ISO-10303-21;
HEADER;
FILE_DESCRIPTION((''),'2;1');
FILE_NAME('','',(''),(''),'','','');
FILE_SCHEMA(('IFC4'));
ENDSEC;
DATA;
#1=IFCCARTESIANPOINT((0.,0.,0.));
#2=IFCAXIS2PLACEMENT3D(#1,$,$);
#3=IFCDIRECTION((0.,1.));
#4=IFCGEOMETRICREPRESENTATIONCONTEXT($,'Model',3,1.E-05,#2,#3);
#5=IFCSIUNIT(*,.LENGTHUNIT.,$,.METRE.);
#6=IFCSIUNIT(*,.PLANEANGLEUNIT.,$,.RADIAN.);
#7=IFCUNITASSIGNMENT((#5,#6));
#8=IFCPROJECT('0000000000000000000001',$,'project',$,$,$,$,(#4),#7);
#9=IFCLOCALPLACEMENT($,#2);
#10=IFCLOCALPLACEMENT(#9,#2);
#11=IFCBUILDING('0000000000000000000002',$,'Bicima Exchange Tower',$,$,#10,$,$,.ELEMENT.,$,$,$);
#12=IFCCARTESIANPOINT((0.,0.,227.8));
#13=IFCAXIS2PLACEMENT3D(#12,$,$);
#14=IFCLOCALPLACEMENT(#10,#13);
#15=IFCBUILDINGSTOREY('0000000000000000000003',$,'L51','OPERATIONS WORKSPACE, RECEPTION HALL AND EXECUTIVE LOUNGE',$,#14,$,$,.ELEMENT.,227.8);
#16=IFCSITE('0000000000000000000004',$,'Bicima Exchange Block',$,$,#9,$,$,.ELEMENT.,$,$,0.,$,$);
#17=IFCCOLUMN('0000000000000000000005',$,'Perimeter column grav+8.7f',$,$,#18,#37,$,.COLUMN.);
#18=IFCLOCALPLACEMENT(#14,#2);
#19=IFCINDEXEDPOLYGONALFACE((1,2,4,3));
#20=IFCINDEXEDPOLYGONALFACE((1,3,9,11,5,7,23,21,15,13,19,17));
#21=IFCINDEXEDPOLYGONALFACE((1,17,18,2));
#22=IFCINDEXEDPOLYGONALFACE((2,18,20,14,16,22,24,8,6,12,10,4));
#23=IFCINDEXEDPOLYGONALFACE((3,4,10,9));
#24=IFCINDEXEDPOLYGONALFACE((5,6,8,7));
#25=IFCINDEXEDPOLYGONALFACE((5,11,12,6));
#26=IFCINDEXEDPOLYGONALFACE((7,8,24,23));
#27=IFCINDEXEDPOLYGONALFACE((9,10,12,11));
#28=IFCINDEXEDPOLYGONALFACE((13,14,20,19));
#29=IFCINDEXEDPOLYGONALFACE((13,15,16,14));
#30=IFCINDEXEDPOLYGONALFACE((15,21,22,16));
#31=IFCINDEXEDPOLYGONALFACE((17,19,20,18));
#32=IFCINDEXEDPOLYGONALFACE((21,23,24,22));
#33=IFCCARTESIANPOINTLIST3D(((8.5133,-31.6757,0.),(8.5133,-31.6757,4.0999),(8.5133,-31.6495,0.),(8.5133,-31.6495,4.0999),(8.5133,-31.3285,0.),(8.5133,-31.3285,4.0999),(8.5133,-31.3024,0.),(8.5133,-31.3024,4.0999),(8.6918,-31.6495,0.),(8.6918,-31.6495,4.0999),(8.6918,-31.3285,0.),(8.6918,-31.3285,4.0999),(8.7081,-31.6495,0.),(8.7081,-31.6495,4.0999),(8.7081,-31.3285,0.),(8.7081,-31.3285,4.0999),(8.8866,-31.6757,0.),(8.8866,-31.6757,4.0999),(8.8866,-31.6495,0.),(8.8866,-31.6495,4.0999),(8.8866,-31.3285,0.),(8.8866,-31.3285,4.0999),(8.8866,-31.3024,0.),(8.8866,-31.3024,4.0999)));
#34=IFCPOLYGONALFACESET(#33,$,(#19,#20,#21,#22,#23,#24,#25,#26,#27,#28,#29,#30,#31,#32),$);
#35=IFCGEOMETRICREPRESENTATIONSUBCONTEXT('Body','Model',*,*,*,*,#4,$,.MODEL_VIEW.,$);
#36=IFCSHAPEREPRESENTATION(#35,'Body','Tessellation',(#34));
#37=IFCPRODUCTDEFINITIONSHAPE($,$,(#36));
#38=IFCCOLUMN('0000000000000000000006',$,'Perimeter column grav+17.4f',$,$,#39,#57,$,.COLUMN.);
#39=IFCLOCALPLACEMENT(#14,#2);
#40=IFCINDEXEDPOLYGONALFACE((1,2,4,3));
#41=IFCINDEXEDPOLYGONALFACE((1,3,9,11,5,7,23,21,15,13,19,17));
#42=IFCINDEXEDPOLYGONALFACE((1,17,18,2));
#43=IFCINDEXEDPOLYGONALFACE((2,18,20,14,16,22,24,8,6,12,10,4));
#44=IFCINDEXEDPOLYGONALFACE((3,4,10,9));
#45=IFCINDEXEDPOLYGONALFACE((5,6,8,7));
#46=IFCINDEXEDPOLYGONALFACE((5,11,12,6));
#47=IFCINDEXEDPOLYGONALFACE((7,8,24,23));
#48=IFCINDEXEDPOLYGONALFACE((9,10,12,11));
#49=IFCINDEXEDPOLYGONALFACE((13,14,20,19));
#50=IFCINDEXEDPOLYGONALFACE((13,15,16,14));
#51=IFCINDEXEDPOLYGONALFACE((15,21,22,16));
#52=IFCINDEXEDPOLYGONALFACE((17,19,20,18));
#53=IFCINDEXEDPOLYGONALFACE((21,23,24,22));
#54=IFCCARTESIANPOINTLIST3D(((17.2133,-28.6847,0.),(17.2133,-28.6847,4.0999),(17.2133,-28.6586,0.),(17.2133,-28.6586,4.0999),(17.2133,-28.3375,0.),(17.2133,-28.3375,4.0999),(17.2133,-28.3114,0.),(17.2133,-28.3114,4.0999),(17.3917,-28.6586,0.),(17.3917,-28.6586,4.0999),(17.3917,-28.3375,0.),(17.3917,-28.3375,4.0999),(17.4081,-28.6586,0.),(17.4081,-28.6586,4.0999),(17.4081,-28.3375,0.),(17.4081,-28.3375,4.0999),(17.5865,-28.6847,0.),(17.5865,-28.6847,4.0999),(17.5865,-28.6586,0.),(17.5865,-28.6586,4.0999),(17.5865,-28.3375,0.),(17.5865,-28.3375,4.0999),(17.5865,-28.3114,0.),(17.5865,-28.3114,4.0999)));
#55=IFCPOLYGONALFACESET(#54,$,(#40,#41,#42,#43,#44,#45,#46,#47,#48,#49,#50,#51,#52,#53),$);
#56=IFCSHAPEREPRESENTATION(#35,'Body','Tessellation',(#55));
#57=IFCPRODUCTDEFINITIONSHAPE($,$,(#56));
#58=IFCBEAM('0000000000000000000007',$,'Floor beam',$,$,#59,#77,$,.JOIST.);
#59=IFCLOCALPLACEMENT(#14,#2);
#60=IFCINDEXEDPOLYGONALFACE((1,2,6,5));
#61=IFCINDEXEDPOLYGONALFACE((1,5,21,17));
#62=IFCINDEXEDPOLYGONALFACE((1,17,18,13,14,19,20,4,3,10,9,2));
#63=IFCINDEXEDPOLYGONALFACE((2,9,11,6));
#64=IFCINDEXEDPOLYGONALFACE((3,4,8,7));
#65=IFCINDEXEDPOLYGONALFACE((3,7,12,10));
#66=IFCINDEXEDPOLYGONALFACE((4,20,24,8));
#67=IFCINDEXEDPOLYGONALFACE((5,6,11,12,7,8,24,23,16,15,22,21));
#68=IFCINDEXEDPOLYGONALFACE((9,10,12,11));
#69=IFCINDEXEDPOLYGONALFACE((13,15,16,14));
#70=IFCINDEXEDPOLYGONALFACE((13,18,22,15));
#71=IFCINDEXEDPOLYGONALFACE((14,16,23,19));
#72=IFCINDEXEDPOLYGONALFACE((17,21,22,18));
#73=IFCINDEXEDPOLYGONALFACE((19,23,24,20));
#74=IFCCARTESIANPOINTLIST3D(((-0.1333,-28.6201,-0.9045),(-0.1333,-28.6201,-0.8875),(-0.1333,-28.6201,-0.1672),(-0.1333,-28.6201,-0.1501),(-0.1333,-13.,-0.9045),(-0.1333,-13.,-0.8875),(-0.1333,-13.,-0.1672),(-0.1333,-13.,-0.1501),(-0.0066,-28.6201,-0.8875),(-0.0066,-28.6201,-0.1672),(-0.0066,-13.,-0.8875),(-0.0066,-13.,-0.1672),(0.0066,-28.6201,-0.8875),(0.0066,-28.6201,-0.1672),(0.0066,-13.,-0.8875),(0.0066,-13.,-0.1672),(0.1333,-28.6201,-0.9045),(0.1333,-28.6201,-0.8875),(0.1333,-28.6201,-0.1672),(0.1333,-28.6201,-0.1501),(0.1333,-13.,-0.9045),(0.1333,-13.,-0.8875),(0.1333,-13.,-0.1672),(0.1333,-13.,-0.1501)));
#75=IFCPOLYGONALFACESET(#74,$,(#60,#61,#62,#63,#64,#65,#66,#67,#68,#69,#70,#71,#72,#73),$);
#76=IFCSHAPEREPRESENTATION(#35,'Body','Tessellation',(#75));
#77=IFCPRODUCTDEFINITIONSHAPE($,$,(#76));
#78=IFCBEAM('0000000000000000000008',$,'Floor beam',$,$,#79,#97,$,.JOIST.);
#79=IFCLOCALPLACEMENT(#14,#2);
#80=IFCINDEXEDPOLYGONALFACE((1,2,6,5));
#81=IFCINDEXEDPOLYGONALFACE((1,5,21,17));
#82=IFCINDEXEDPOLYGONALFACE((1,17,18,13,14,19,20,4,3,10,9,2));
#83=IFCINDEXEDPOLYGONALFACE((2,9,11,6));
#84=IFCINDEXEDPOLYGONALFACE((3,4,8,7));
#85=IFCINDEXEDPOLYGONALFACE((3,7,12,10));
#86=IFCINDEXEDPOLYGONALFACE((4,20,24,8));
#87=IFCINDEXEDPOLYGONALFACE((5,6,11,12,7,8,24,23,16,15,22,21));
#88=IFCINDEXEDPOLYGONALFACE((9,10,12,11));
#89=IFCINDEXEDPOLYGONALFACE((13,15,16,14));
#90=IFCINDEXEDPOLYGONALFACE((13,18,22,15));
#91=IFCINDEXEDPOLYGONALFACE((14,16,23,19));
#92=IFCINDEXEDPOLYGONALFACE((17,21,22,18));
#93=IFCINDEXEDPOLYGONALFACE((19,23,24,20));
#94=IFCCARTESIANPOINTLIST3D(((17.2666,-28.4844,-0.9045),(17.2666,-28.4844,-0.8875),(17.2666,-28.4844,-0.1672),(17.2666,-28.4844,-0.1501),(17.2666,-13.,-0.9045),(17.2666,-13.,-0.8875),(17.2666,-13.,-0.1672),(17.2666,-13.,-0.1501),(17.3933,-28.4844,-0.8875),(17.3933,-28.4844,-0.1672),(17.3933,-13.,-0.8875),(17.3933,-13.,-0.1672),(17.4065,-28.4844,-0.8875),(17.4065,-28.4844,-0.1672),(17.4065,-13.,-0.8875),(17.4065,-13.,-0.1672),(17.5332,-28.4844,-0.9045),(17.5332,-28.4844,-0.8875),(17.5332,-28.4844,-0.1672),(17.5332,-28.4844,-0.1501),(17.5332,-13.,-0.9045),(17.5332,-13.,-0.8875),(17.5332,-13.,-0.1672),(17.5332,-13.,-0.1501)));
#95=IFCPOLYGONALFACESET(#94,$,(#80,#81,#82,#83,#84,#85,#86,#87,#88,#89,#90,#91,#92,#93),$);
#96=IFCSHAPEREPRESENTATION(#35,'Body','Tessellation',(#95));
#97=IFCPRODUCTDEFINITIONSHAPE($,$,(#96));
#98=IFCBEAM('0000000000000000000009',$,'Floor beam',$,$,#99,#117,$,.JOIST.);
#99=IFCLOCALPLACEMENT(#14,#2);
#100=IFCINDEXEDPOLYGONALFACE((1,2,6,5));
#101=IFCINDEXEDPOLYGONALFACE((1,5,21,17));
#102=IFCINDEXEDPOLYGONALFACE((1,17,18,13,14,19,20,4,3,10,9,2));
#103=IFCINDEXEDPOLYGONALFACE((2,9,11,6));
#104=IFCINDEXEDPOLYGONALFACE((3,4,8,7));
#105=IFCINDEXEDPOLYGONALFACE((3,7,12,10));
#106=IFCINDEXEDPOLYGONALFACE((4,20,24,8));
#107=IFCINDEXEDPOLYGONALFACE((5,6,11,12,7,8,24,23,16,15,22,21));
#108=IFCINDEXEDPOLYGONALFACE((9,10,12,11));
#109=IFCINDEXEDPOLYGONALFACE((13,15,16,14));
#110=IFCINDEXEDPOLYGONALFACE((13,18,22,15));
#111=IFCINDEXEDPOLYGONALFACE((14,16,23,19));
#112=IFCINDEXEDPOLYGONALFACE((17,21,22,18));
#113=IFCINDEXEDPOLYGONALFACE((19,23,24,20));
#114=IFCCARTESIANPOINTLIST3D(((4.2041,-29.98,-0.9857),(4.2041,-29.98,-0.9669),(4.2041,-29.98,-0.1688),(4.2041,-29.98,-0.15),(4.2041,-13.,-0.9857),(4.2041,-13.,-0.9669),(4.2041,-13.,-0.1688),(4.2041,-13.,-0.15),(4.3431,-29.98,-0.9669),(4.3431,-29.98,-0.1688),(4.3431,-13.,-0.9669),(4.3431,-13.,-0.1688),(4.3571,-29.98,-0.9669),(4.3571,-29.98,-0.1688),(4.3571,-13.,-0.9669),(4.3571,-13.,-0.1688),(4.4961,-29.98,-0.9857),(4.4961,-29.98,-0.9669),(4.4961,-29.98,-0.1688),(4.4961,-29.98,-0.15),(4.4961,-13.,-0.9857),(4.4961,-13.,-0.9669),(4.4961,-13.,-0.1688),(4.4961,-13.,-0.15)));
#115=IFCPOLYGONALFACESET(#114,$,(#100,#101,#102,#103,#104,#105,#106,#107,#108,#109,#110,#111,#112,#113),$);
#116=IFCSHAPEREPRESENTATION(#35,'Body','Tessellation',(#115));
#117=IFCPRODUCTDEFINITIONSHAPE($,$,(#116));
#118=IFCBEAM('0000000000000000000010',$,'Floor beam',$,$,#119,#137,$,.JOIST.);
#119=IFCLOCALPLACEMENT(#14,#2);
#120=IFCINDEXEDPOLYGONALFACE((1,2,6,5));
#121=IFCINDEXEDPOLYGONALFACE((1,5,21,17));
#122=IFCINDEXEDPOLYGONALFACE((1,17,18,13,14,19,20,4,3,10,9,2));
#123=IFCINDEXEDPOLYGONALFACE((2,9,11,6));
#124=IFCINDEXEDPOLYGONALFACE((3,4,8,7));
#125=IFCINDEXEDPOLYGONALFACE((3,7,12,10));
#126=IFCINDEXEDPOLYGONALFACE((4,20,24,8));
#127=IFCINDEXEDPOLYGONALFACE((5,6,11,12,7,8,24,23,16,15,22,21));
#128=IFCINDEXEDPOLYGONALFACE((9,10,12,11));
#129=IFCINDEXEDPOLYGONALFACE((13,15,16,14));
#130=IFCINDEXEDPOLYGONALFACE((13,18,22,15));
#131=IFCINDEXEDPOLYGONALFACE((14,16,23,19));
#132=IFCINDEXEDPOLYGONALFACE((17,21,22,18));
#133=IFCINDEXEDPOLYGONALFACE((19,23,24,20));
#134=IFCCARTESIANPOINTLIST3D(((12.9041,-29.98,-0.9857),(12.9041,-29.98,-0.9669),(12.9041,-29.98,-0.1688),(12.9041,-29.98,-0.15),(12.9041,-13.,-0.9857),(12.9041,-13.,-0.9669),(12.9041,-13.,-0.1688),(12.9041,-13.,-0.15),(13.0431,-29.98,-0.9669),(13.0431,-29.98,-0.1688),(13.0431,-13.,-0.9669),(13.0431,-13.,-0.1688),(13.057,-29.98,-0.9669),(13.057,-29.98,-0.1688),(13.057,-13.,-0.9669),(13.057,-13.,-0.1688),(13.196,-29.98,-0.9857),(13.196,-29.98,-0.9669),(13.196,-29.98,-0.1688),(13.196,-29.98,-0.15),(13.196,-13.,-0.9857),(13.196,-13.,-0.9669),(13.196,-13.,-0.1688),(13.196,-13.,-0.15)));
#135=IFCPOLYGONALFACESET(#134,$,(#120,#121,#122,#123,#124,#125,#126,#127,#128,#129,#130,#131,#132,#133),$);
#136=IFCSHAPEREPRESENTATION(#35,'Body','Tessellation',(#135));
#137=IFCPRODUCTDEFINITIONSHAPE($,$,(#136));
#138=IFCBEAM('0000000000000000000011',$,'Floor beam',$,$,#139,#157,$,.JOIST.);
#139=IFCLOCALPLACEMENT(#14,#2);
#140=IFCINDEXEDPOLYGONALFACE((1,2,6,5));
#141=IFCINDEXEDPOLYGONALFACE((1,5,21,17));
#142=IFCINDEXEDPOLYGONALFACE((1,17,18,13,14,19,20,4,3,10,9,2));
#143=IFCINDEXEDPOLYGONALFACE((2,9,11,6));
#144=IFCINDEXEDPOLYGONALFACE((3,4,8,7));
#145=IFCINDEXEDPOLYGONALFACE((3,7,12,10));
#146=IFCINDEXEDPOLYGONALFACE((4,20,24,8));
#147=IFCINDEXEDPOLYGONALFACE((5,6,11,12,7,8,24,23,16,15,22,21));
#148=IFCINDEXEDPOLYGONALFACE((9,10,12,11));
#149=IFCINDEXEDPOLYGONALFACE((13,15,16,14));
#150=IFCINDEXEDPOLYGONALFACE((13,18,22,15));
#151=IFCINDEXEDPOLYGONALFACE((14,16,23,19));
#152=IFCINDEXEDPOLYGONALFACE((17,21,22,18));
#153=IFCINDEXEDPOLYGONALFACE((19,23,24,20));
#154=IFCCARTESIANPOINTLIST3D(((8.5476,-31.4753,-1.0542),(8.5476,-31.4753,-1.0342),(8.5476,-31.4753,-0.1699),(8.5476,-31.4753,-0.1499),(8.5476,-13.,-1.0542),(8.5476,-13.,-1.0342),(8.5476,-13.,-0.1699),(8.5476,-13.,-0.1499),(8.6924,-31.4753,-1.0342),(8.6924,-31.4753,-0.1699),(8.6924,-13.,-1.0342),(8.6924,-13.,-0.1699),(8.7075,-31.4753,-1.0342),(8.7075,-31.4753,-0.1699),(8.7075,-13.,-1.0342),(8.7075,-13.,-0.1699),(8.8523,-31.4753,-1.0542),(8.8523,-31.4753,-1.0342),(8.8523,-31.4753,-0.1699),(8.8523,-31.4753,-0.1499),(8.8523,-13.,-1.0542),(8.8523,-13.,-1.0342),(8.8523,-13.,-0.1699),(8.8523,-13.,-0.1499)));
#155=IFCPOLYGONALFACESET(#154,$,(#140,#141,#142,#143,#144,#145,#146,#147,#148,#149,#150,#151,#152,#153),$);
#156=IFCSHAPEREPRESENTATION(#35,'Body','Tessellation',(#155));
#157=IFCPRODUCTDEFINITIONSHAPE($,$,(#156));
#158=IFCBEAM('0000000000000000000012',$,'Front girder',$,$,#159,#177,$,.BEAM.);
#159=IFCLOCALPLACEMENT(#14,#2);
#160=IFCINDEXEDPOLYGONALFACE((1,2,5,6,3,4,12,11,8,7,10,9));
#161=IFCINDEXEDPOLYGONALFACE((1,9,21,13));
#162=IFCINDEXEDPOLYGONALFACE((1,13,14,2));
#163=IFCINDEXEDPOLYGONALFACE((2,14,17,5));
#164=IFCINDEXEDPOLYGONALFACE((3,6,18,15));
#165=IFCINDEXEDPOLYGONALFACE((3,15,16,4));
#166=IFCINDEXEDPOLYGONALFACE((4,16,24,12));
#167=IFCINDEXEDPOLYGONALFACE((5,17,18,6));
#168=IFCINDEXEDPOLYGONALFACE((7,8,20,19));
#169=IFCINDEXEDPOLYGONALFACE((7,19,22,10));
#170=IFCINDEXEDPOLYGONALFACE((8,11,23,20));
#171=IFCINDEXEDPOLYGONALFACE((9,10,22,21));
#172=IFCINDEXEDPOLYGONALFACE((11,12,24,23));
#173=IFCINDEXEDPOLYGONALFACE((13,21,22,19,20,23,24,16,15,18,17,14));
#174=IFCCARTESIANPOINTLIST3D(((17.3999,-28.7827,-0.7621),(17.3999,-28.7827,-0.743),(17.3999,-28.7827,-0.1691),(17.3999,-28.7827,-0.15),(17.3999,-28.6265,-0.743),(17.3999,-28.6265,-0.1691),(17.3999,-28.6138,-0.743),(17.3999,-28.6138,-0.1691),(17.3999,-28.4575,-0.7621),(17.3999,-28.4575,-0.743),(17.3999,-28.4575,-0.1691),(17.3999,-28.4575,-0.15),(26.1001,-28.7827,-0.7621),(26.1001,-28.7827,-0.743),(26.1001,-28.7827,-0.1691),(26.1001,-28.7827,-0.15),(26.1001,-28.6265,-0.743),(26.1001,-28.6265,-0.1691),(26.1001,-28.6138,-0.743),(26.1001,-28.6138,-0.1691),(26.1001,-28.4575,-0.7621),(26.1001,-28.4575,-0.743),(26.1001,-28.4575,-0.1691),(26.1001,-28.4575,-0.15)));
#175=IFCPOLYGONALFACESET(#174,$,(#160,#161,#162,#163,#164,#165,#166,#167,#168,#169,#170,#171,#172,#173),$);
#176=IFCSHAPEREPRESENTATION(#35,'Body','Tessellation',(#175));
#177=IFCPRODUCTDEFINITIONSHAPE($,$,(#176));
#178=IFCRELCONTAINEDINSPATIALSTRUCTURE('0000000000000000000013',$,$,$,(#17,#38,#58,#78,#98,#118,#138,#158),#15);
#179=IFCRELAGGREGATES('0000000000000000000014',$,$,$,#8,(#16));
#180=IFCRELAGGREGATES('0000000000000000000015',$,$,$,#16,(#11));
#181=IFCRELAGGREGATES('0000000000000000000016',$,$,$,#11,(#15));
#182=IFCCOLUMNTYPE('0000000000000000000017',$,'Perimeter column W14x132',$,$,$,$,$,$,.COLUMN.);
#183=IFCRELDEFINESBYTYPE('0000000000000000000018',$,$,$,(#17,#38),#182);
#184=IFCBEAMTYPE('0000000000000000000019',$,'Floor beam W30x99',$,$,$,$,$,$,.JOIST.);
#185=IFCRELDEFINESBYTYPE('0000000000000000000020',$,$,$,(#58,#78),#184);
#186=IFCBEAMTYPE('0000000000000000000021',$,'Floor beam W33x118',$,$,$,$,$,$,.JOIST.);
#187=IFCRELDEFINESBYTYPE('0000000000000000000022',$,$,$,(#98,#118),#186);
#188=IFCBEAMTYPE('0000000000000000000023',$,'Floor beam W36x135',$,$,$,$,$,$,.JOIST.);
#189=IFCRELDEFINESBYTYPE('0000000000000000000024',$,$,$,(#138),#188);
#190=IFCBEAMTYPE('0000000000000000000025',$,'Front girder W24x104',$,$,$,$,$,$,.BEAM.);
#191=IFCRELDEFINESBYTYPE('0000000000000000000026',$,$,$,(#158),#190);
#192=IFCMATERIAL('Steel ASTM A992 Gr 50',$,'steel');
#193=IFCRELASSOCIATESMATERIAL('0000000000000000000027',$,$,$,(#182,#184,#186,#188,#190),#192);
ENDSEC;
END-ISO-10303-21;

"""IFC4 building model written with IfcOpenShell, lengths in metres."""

from ifc_helpers import new_model, si_unit, direction, frame, origin, origin_2d, place, context, subcontext, project, spatial, i_section, extrude, material, material_profile, profile_set, type_object, element, save


model = new_model("IFC4")

# Units and contexts
model_context = context("Model", 3, precision=1e-05, world=origin(), true_north=direction((0.0, 1.0)))
body_context = subcontext(model_context, "Body", "Model", "MODEL_VIEW")
ifc_project = project(units=[si_unit("LENGTHUNIT", "METRE"), si_unit("PLANEANGLEUNIT", "RADIAN")], contexts=[model_context])

# Site, building, storey
site_placement = place(None, origin())
site = spatial("IfcSite", under=ifc_project, at=site_placement, Name="Bicima Exchange Block", CompositionType="ELEMENT", RefElevation=0.0)
building_placement = place(site_placement, origin())
building = spatial("IfcBuilding", under=site, at=building_placement, Name="Bicima Exchange Tower", CompositionType="ELEMENT")
storey_placement = place(building_placement, frame((0.0, 0.0, 227.8)))
storey = spatial("IfcBuildingStorey", under=building, at=storey_placement, Name="L51", Description="OPERATIONS WORKSPACE, RECEPTION HALL AND EXECUTIVE LOUNGE", CompositionType="ELEMENT", Elevation=227.8)

# Columns
ifc_material_1 = material(Name="Steel ASTM A992 Gr 50", Category="steel")
ifc_material_profile_1 = material_profile(ifc_material_1, i_section(OverallWidth=0.3733, OverallDepth=0.3733, WebThickness=0.0164, FlangeThickness=0.0261, at=origin_2d()))
ifc_profile_set_1 = profile_set([ifc_material_profile_1], Name="Steel ASTM A992 Gr 50")
column_type = type_object("IfcColumnType", Name="Perimeter column W14x132", PredefinedType="COLUMN", material=ifc_profile_set_1)
for number, where, z_axis, x_axis, name in (
    (1, (8.7, -31.489, 0.0), (0.0, 0.0, 1.0), (1.0, 0.0, 0.0), "Perimeter column grav+8.7f"),
    (2, (17.3999, -28.498, 0.0), (0.0, 0.0, 1.0), (1.0, 0.0, 0.0), "Perimeter column grav+17.4f"),
):
    element("IfcColumn", number, at=place(storey_placement, frame(where, z_axis=z_axis, x_axis=x_axis)), inside=storey, type_object=column_type, Name=name, PredefinedType="COLUMN", context=body_context, shape_type="SweptSolid", body=[
        extrude(i_section(OverallWidth=0.3733, OverallDepth=0.3733, WebThickness=0.0164, FlangeThickness=0.0261, at=origin_2d()), origin(), (0.0, 0.0, 1.0), 4.0999),
    ])

# Beams
ifc_material_profile_2 = material_profile(ifc_material_1, i_section(OverallWidth=0.2666, OverallDepth=0.7544, WebThickness=0.0132, FlangeThickness=0.0171, at=origin_2d()))
ifc_profile_set_2 = profile_set([ifc_material_profile_2], Name="Steel ASTM A992 Gr 50")
beam_type_1 = type_object("IfcBeamType", Name="Floor beam W30x99", PredefinedType="JOIST", material=ifc_profile_set_2)
beam_1_placement = place(storey_placement, frame((0.0, -13.0, -0.5273), z_axis=(0.0, -1.0, 0.0), x_axis=(1.0, 0.0, 0.0)))
element("IfcBeam", 3, at=beam_1_placement, inside=storey, type_object=beam_type_1, Name="Floor beam", PredefinedType="JOIST", context=body_context, shape_type="SweptSolid", body=[
    extrude(i_section(OverallWidth=0.2666, OverallDepth=0.7544, WebThickness=0.0132, FlangeThickness=0.0171, at=origin_2d()), origin(), (0.0, 0.0, 1.0), 15.6201),
])
beam_2_placement = place(storey_placement, frame((17.3999, -13.0, -0.5273), z_axis=(0.0, -1.0, 0.0), x_axis=(1.0, 0.0, 0.0)))
element("IfcBeam", 4, at=beam_2_placement, inside=storey, type_object=beam_type_1, Name="Floor beam", PredefinedType="JOIST", context=body_context, shape_type="SweptSolid", body=[
    extrude(i_section(OverallWidth=0.2666, OverallDepth=0.7544, WebThickness=0.0132, FlangeThickness=0.0171, at=origin_2d()), origin(), (0.0, 0.0, 1.0), 15.4844),
])
ifc_material_profile_3 = material_profile(ifc_material_1, i_section(OverallWidth=0.292, OverallDepth=0.8357, WebThickness=0.0139, FlangeThickness=0.0188, at=origin_2d()))
ifc_profile_set_3 = profile_set([ifc_material_profile_3], Name="Steel ASTM A992 Gr 50")
beam_type_2 = type_object("IfcBeamType", Name="Floor beam W33x118", PredefinedType="JOIST", material=ifc_profile_set_3)
for number, where, z_axis, x_axis, name in (
    (5, (4.3501, -13.0, -0.5679), (0.0, -1.0, 0.0), (1.0, 0.0, 0.0), "Floor beam"),
    (6, (13.05, -13.0, -0.5679), (0.0, -1.0, 0.0), (1.0, 0.0, 0.0), "Floor beam"),
):
    element("IfcBeam", number, at=place(storey_placement, frame(where, z_axis=z_axis, x_axis=x_axis)), inside=storey, type_object=beam_type_2, Name=name, PredefinedType="JOIST", context=body_context, shape_type="SweptSolid", body=[
        extrude(i_section(OverallWidth=0.292, OverallDepth=0.8357, WebThickness=0.0139, FlangeThickness=0.0188, at=origin_2d()), origin(), (0.0, 0.0, 1.0), 16.98),
    ])
ifc_material_profile_4 = material_profile(ifc_material_1, i_section(OverallWidth=0.3047, OverallDepth=0.9043, WebThickness=0.0151, FlangeThickness=0.02, at=origin_2d()))
ifc_profile_set_4 = profile_set([ifc_material_profile_4], Name="Steel ASTM A992 Gr 50")
beam_type_3 = type_object("IfcBeamType", Name="Floor beam W36x135", PredefinedType="JOIST", material=ifc_profile_set_4)
beam_3_placement = place(storey_placement, frame((8.7, -13.0, -0.6021), z_axis=(0.0, -1.0, 0.0), x_axis=(1.0, 0.0, 0.0)))
element("IfcBeam", 7, at=beam_3_placement, inside=storey, type_object=beam_type_3, Name="Floor beam", PredefinedType="JOIST", context=body_context, shape_type="SweptSolid", body=[
    extrude(i_section(OverallWidth=0.3047, OverallDepth=0.9043, WebThickness=0.0151, FlangeThickness=0.02, at=origin_2d()), origin(), (0.0, 0.0, 1.0), 18.4753),
])
ifc_material_profile_5 = material_profile(ifc_material_1, i_section(OverallWidth=0.3252, OverallDepth=0.6121, WebThickness=0.0127, FlangeThickness=0.019, at=origin_2d()))
ifc_profile_set_5 = profile_set([ifc_material_profile_5], Name="Steel ASTM A992 Gr 50")
beam_type_4 = type_object("IfcBeamType", Name="Front girder W24x104", PredefinedType="BEAM", material=ifc_profile_set_5)
beam_4_placement = place(storey_placement, frame((17.3999, -28.6201, -0.4561), z_axis=(1.0, 0.0, 0.0), x_axis=(0.0, 1.0, 0.0)))
element("IfcBeam", 8, at=beam_4_placement, inside=storey, type_object=beam_type_4, Name="Front girder", PredefinedType="BEAM", context=body_context, shape_type="SweptSolid", body=[
    extrude(i_section(OverallWidth=0.3252, OverallDepth=0.6121, WebThickness=0.0127, FlangeThickness=0.019, at=origin_2d()), origin(), (0.0, 0.0, 1.0), 8.7002),
])

save(model, "model.ifc")
